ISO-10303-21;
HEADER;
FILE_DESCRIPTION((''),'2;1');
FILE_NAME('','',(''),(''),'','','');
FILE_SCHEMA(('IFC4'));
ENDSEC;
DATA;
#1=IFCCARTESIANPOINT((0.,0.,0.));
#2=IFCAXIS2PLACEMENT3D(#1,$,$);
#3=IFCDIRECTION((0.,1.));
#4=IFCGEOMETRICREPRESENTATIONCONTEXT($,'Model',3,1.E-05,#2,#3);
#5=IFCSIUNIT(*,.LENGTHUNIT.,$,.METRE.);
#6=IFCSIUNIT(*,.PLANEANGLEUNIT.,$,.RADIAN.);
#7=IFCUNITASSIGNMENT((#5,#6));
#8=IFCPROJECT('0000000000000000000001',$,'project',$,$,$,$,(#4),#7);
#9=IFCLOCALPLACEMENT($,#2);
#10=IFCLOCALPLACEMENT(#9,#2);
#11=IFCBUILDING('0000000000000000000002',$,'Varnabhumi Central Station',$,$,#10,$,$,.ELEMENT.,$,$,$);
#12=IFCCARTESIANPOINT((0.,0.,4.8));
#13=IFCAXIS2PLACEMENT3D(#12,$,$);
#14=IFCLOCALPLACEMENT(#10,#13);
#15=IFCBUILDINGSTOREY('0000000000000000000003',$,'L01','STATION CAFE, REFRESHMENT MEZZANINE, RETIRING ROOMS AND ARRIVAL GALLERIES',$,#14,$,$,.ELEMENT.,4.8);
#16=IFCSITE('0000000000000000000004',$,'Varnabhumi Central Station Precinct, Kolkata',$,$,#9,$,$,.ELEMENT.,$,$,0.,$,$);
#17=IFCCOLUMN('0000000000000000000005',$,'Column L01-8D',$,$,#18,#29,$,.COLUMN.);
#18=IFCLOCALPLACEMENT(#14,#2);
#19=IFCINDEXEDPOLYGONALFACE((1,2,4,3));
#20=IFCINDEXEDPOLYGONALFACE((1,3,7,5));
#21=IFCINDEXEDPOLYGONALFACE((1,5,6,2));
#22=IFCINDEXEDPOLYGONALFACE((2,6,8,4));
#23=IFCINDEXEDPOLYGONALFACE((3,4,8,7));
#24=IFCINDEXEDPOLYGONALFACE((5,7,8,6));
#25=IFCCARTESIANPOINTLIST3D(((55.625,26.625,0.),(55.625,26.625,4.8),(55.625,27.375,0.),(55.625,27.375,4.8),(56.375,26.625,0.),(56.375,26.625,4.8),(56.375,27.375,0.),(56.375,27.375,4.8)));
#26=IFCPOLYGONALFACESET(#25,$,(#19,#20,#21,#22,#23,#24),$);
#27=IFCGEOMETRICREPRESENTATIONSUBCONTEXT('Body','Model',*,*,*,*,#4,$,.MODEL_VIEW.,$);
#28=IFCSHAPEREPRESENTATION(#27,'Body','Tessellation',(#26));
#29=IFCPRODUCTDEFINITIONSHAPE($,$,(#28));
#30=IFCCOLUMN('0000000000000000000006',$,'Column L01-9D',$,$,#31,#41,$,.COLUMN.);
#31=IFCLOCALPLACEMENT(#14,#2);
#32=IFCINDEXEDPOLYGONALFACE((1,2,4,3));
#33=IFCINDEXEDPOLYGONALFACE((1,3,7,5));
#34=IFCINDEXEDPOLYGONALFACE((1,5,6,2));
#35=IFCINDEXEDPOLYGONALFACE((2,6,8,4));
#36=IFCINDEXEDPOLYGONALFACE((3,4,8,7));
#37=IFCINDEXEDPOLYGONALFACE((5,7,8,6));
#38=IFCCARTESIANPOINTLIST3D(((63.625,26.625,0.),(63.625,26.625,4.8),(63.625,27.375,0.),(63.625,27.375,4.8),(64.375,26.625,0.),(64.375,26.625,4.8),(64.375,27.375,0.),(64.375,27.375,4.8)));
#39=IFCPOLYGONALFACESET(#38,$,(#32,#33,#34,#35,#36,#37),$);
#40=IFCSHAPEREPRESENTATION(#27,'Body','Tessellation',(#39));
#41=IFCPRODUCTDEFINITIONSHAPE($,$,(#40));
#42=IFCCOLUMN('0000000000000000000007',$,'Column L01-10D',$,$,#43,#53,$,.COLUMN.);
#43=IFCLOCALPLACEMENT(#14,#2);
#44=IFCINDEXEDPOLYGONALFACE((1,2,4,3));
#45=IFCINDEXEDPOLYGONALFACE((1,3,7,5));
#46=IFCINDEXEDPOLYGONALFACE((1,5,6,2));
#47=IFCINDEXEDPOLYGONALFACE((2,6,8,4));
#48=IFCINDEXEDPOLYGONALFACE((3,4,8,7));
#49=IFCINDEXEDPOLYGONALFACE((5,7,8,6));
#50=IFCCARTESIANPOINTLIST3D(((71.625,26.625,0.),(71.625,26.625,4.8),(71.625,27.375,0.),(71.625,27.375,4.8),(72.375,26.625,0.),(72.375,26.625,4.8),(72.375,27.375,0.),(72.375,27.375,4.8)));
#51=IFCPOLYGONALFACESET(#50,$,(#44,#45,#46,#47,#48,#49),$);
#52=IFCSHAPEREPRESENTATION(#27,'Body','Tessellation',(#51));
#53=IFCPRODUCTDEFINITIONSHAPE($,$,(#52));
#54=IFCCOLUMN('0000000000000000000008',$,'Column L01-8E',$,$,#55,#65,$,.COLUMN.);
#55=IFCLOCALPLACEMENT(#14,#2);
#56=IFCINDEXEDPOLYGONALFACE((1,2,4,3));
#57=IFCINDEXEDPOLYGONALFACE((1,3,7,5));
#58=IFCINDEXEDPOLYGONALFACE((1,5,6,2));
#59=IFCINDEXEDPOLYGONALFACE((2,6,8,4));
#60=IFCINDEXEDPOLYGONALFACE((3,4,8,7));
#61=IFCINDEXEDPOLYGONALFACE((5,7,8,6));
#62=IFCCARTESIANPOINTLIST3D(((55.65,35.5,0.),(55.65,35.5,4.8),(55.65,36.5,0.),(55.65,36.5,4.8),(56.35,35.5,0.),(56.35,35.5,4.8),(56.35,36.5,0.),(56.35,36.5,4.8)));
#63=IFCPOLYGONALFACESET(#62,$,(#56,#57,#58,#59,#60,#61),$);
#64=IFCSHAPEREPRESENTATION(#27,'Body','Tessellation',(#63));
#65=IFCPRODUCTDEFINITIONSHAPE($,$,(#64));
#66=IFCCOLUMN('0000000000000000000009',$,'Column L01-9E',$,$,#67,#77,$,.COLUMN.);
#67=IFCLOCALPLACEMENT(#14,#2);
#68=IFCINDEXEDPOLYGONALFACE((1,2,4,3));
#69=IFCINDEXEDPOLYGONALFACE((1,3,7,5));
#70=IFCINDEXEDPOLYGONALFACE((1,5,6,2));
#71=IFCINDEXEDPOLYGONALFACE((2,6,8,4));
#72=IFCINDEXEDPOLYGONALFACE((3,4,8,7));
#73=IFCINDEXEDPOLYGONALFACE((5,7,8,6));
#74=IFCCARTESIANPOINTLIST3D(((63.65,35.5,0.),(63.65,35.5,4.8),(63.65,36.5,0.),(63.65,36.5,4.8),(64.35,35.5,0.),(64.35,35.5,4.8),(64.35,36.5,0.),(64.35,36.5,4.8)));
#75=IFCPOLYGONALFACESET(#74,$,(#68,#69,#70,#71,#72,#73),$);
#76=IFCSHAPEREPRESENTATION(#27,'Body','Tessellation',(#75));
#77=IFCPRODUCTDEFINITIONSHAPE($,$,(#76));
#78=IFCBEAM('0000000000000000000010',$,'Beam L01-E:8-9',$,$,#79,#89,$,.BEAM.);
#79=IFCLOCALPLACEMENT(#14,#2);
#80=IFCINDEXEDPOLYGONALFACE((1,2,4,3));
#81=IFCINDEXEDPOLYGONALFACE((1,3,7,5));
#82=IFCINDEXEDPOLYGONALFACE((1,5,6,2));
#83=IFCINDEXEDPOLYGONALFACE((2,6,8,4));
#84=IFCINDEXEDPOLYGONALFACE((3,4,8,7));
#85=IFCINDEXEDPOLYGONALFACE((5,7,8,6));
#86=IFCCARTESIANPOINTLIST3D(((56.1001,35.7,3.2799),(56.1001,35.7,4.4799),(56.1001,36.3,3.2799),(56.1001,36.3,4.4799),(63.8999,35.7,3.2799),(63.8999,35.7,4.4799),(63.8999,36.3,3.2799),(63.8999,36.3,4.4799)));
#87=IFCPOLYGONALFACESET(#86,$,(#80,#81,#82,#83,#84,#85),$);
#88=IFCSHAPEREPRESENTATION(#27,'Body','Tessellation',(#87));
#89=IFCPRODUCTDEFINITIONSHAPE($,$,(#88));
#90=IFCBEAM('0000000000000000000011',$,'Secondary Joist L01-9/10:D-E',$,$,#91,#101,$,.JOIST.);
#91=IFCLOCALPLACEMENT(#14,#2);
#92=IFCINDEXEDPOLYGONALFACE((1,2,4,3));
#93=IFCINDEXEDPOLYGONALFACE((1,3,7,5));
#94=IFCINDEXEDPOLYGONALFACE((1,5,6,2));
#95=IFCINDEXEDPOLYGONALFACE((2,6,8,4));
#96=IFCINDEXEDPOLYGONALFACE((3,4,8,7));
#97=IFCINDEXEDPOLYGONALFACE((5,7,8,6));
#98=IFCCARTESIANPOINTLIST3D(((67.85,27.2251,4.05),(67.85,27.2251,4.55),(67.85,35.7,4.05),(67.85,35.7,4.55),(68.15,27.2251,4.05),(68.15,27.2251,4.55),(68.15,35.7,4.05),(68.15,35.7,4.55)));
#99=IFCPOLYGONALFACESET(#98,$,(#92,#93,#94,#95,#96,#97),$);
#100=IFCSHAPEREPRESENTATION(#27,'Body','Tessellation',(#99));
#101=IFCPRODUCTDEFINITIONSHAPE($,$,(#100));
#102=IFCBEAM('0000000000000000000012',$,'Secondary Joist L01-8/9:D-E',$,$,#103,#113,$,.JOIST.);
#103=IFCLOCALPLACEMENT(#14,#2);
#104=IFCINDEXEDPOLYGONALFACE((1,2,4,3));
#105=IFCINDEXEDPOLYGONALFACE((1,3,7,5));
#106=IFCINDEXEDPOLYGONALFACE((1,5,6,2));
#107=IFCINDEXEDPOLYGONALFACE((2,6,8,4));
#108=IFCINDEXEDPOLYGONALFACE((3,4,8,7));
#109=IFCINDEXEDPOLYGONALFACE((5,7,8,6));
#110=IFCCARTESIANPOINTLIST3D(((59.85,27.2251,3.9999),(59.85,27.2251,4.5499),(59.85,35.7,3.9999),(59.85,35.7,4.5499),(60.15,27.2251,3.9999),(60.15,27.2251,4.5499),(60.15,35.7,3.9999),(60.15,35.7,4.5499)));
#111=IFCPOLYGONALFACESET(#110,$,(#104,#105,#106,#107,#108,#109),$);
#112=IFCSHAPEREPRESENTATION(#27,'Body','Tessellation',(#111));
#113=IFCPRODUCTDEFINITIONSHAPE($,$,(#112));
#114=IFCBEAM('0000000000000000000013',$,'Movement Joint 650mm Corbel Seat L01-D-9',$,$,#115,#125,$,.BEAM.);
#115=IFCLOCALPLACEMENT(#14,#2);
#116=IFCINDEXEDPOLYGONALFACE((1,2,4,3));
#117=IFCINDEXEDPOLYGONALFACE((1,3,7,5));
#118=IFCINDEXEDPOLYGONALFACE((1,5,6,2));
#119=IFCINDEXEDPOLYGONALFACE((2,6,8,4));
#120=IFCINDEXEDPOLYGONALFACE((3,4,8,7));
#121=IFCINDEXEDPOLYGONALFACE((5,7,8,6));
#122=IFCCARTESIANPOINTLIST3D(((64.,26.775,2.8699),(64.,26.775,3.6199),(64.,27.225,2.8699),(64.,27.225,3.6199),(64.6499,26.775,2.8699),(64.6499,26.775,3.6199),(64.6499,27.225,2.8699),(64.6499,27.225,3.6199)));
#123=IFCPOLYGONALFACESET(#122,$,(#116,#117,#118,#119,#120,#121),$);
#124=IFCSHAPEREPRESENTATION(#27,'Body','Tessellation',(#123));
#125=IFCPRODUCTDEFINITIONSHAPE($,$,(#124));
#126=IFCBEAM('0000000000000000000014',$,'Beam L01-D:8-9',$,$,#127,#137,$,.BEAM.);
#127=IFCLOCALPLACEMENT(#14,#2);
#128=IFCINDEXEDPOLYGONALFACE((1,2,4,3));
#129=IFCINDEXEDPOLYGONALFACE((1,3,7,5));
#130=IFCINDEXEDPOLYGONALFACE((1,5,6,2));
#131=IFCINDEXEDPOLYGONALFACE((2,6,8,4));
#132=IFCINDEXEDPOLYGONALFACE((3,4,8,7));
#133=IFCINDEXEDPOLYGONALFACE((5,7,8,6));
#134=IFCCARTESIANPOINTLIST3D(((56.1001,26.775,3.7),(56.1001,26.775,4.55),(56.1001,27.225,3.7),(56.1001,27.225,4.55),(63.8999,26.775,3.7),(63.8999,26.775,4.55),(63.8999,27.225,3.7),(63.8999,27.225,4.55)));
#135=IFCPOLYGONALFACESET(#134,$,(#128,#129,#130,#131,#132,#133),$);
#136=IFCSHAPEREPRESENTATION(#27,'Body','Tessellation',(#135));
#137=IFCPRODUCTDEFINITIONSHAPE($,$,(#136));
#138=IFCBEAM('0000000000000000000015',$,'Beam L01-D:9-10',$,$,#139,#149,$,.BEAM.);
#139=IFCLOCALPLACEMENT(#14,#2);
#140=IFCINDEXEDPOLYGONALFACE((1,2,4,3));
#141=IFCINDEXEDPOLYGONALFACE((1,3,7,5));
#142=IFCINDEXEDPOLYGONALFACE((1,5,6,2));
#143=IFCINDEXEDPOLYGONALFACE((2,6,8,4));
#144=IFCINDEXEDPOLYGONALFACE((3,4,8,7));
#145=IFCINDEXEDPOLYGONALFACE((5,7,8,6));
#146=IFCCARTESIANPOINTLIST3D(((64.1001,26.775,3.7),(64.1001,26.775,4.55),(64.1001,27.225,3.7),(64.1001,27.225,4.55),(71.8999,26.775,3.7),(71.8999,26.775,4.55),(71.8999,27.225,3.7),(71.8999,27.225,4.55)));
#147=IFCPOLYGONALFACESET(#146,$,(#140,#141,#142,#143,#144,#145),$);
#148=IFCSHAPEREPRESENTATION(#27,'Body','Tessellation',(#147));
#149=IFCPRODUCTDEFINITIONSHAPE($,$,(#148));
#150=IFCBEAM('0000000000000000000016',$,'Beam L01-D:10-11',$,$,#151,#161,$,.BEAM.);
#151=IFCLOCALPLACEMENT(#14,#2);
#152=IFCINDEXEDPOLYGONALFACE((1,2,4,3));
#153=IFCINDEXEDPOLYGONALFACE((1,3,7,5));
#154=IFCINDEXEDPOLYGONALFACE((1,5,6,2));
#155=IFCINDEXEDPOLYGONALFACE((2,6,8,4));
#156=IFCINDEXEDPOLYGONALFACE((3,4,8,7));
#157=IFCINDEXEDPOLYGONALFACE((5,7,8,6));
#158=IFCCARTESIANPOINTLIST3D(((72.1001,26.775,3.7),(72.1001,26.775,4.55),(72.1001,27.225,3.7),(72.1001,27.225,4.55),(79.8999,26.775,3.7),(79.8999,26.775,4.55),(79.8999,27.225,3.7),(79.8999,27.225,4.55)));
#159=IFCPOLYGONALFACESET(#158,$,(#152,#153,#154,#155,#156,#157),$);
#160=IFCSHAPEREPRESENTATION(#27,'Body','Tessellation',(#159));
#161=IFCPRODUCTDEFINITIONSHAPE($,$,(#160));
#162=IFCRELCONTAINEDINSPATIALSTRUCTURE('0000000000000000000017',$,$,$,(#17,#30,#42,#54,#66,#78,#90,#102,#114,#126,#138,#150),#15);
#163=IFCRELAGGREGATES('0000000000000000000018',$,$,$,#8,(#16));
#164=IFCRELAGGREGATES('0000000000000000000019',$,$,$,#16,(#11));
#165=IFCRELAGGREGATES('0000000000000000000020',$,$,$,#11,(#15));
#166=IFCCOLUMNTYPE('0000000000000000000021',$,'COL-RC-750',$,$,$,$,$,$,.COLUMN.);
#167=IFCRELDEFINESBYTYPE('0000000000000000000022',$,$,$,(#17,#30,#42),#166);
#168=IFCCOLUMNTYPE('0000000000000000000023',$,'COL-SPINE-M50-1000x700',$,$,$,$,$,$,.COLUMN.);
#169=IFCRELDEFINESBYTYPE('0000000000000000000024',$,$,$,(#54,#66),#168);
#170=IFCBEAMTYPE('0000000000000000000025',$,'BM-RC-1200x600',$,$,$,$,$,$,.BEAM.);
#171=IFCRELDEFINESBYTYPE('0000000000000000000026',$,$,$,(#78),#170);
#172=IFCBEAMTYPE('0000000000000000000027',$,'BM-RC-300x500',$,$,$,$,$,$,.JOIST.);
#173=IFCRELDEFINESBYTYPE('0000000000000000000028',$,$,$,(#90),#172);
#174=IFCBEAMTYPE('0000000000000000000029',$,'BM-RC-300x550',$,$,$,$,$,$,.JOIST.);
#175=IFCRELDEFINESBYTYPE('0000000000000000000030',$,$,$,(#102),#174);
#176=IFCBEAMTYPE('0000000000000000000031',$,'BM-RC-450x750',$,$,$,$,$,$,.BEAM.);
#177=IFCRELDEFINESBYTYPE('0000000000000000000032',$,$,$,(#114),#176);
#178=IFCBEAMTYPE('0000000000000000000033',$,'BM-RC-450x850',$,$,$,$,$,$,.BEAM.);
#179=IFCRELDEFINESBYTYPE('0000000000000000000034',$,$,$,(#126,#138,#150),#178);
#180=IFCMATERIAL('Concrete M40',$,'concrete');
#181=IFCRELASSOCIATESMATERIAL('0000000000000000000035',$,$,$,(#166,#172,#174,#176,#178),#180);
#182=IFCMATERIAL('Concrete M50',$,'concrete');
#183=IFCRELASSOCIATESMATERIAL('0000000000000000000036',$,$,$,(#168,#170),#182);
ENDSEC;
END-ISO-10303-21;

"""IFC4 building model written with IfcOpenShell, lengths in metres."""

from ifc_helpers import new_model, si_unit, direction, frame, origin, origin_2d, place, context, subcontext, project, spatial, rectangle, extrude, material, material_profile, profile_set, type_object, element, save


model = new_model("IFC4")

# Units and contexts
model_context = context("Model", 3, precision=1e-05, world=origin(), true_north=direction((0.0, 1.0)))
body_context = subcontext(model_context, "Body", "Model", "MODEL_VIEW")
ifc_project = project(units=[si_unit("LENGTHUNIT", "METRE"), si_unit("PLANEANGLEUNIT", "RADIAN")], contexts=[model_context])

# Site, building, storey
site_placement = place(None, origin())
site = spatial("IfcSite", under=ifc_project, at=site_placement, Name="Varnabhumi Central Station Precinct, Kolkata", CompositionType="ELEMENT", RefElevation=0.0)
building_placement = place(site_placement, origin())
building = spatial("IfcBuilding", under=site, at=building_placement, Name="Varnabhumi Central Station", CompositionType="ELEMENT")
storey_placement = place(building_placement, frame((0.0, 0.0, 4.8)))
storey = spatial("IfcBuildingStorey", under=building, at=storey_placement, Name="L01", Description="STATION CAFE, REFRESHMENT MEZZANINE, RETIRING ROOMS AND ARRIVAL GALLERIES", CompositionType="ELEMENT", Elevation=4.8)

# Columns
ifc_material_1 = material(Name="Concrete M40", Category="concrete")
ifc_material_profile_1 = material_profile(ifc_material_1, rectangle(XDim=0.75, YDim=0.75, at=origin_2d()), Name="Concrete M40", Category="concrete")
ifc_profile_set_1 = profile_set([ifc_material_profile_1], Name="Concrete M40")
column_type_1 = type_object("IfcColumnType", Name="COL-RC-750", PredefinedType="COLUMN", material=ifc_profile_set_1)
for number, where, z_axis, x_axis, name in (
    (1, (56.0, 27.0, 0.0), (0.0, 0.0, 1.0), (1.0, 0.0, 0.0), "Column L01-8D"),
    (2, (64.0, 27.0, 0.0), (0.0, 0.0, 1.0), (1.0, 0.0, 0.0), "Column L01-9D"),
    (3, (72.0, 27.0, 0.0), (0.0, 0.0, 1.0), (1.0, 0.0, 0.0), "Column L01-10D"),
):
    element("IfcColumn", number, at=place(storey_placement, frame(where, z_axis=z_axis, x_axis=x_axis)), inside=storey, type_object=column_type_1, Name=name, PredefinedType="COLUMN", context=body_context, shape_type="SweptSolid", body=[
        extrude(rectangle(XDim=0.75, YDim=0.75, at=origin_2d()), origin(), (0.0, 0.0, 1.0), 4.8),
    ])
ifc_material_2 = material(Name="Concrete M50", Category="concrete")
ifc_material_profile_2 = material_profile(ifc_material_2, rectangle(XDim=0.7, YDim=1.0, at=origin_2d()), Name="Concrete M50", Category="concrete")
ifc_profile_set_2 = profile_set([ifc_material_profile_2], Name="Concrete M50")
column_type_2 = type_object("IfcColumnType", Name="COL-SPINE-M50-1000x700", PredefinedType="COLUMN", material=ifc_profile_set_2)
for number, where, z_axis, x_axis, name in (
    (4, (56.0, 36.0, 0.0), (0.0, 0.0, 1.0), (1.0, 0.0, 0.0), "Column L01-8E"),
    (5, (64.0, 36.0, 0.0), (0.0, 0.0, 1.0), (1.0, 0.0, 0.0), "Column L01-9E"),
):
    element("IfcColumn", number, at=place(storey_placement, frame(where, z_axis=z_axis, x_axis=x_axis)), inside=storey, type_object=column_type_2, Name=name, PredefinedType="COLUMN", context=body_context, shape_type="SweptSolid", body=[
        extrude(rectangle(XDim=0.7, YDim=1.0, at=origin_2d()), origin(), (0.0, 0.0, 1.0), 4.8),
    ])

# Beams
ifc_material_profile_3 = material_profile(ifc_material_2, rectangle(XDim=0.6001, YDim=1.2, at=origin_2d()), Name="Concrete M50", Category="concrete")
ifc_profile_set_3 = profile_set([ifc_material_profile_3], Name="Concrete M50")
beam_type_1 = type_object("IfcBeamType", Name="BM-RC-1200x600", PredefinedType="BEAM", material=ifc_profile_set_3)
beam_1_placement = place(storey_placement, frame((56.1001, 36.0, 3.8799), z_axis=(1.0, 0.0, 0.0), x_axis=(0.0, 1.0, 0.0)))
element("IfcBeam", 6, at=beam_1_placement, inside=storey, type_object=beam_type_1, Name="Beam L01-E:8-9", PredefinedType="BEAM", context=body_context, shape_type="SweptSolid", body=[
    extrude(rectangle(XDim=0.6001, YDim=1.2, at=origin_2d()), origin(), (0.0, 0.0, 1.0), 7.7998),
])
ifc_material_profile_4 = material_profile(ifc_material_1, rectangle(XDim=0.3, YDim=0.5, at=origin_2d()), Name="Concrete M40", Category="concrete")
ifc_profile_set_4 = profile_set([ifc_material_profile_4], Name="Concrete M40")
beam_type_2 = type_object("IfcBeamType", Name="BM-RC-300x500", PredefinedType="JOIST", material=ifc_profile_set_4)
beam_2_placement = place(storey_placement, frame((68.0, 27.2251, 4.3), z_axis=(0.0, 1.0, 0.0), x_axis=(-1.0, 0.0, 0.0)))
element("IfcBeam", 7, at=beam_2_placement, inside=storey, type_object=beam_type_2, Name="Secondary Joist L01-9/10:D-E", PredefinedType="JOIST", context=body_context, shape_type="SweptSolid", body=[
    extrude(rectangle(XDim=0.3, YDim=0.5, at=origin_2d()), origin(), (0.0, 0.0, 1.0), 8.4749),
])
ifc_material_profile_5 = material_profile(ifc_material_1, rectangle(XDim=0.3, YDim=0.55, at=origin_2d()), Name="Concrete M40", Category="concrete")
ifc_profile_set_5 = profile_set([ifc_material_profile_5], Name="Concrete M40")
beam_type_3 = type_object("IfcBeamType", Name="BM-RC-300x550", PredefinedType="JOIST", material=ifc_profile_set_5)
beam_3_placement = place(storey_placement, frame((60.0, 27.2251, 4.2749), z_axis=(0.0, 1.0, 0.0), x_axis=(-1.0, 0.0, 0.0)))
element("IfcBeam", 8, at=beam_3_placement, inside=storey, type_object=beam_type_3, Name="Secondary Joist L01-8/9:D-E", PredefinedType="JOIST", context=body_context, shape_type="SweptSolid", body=[
    extrude(rectangle(XDim=0.3, YDim=0.55, at=origin_2d()), origin(), (0.0, 0.0, 1.0), 8.4749),
])
ifc_material_profile_6 = material_profile(ifc_material_1, rectangle(XDim=0.45, YDim=0.75, at=origin_2d()), Name="Concrete M40", Category="concrete")
ifc_profile_set_6 = profile_set([ifc_material_profile_6], Name="Concrete M40")
beam_type_4 = type_object("IfcBeamType", Name="BM-RC-450x750", PredefinedType="BEAM", material=ifc_profile_set_6)
beam_4_placement = place(storey_placement, frame((64.0, 27.0, 3.2449), z_axis=(1.0, 0.0, 0.0), x_axis=(0.0, 1.0, 0.0)))
element("IfcBeam", 9, at=beam_4_placement, inside=storey, type_object=beam_type_4, Name="Movement Joint 650mm Corbel Seat L01-D-9", PredefinedType="BEAM", context=body_context, shape_type="SweptSolid", body=[
    extrude(rectangle(XDim=0.45, YDim=0.75, at=origin_2d()), origin(), (0.0, 0.0, 1.0), 0.6499),
])
ifc_material_profile_7 = material_profile(ifc_material_1, rectangle(XDim=0.45, YDim=0.8501, at=origin_2d()), Name="Concrete M40", Category="concrete")
ifc_profile_set_7 = profile_set([ifc_material_profile_7], Name="Concrete M40")
beam_type_5 = type_object("IfcBeamType", Name="BM-RC-450x850", PredefinedType="BEAM", material=ifc_profile_set_7)
for number, where, z_axis, x_axis, name in (
    (10, (56.1001, 27.0, 4.125), (1.0, 0.0, 0.0), (0.0, 1.0, 0.0), "Beam L01-D:8-9"),
    (11, (64.1001, 27.0, 4.125), (1.0, 0.0, 0.0), (0.0, 1.0, 0.0), "Beam L01-D:9-10"),
    (12, (72.1001, 27.0, 4.125), (1.0, 0.0, 0.0), (0.0, 1.0, 0.0), "Beam L01-D:10-11"),
):
    element("IfcBeam", number, at=place(storey_placement, frame(where, z_axis=z_axis, x_axis=x_axis)), inside=storey, type_object=beam_type_5, Name=name, PredefinedType="BEAM", context=body_context, shape_type="SweptSolid", body=[
        extrude(rectangle(XDim=0.45, YDim=0.8501, at=origin_2d()), origin(), (0.0, 0.0, 1.0), 7.7998),
    ])

save(model, "model.ifc")
